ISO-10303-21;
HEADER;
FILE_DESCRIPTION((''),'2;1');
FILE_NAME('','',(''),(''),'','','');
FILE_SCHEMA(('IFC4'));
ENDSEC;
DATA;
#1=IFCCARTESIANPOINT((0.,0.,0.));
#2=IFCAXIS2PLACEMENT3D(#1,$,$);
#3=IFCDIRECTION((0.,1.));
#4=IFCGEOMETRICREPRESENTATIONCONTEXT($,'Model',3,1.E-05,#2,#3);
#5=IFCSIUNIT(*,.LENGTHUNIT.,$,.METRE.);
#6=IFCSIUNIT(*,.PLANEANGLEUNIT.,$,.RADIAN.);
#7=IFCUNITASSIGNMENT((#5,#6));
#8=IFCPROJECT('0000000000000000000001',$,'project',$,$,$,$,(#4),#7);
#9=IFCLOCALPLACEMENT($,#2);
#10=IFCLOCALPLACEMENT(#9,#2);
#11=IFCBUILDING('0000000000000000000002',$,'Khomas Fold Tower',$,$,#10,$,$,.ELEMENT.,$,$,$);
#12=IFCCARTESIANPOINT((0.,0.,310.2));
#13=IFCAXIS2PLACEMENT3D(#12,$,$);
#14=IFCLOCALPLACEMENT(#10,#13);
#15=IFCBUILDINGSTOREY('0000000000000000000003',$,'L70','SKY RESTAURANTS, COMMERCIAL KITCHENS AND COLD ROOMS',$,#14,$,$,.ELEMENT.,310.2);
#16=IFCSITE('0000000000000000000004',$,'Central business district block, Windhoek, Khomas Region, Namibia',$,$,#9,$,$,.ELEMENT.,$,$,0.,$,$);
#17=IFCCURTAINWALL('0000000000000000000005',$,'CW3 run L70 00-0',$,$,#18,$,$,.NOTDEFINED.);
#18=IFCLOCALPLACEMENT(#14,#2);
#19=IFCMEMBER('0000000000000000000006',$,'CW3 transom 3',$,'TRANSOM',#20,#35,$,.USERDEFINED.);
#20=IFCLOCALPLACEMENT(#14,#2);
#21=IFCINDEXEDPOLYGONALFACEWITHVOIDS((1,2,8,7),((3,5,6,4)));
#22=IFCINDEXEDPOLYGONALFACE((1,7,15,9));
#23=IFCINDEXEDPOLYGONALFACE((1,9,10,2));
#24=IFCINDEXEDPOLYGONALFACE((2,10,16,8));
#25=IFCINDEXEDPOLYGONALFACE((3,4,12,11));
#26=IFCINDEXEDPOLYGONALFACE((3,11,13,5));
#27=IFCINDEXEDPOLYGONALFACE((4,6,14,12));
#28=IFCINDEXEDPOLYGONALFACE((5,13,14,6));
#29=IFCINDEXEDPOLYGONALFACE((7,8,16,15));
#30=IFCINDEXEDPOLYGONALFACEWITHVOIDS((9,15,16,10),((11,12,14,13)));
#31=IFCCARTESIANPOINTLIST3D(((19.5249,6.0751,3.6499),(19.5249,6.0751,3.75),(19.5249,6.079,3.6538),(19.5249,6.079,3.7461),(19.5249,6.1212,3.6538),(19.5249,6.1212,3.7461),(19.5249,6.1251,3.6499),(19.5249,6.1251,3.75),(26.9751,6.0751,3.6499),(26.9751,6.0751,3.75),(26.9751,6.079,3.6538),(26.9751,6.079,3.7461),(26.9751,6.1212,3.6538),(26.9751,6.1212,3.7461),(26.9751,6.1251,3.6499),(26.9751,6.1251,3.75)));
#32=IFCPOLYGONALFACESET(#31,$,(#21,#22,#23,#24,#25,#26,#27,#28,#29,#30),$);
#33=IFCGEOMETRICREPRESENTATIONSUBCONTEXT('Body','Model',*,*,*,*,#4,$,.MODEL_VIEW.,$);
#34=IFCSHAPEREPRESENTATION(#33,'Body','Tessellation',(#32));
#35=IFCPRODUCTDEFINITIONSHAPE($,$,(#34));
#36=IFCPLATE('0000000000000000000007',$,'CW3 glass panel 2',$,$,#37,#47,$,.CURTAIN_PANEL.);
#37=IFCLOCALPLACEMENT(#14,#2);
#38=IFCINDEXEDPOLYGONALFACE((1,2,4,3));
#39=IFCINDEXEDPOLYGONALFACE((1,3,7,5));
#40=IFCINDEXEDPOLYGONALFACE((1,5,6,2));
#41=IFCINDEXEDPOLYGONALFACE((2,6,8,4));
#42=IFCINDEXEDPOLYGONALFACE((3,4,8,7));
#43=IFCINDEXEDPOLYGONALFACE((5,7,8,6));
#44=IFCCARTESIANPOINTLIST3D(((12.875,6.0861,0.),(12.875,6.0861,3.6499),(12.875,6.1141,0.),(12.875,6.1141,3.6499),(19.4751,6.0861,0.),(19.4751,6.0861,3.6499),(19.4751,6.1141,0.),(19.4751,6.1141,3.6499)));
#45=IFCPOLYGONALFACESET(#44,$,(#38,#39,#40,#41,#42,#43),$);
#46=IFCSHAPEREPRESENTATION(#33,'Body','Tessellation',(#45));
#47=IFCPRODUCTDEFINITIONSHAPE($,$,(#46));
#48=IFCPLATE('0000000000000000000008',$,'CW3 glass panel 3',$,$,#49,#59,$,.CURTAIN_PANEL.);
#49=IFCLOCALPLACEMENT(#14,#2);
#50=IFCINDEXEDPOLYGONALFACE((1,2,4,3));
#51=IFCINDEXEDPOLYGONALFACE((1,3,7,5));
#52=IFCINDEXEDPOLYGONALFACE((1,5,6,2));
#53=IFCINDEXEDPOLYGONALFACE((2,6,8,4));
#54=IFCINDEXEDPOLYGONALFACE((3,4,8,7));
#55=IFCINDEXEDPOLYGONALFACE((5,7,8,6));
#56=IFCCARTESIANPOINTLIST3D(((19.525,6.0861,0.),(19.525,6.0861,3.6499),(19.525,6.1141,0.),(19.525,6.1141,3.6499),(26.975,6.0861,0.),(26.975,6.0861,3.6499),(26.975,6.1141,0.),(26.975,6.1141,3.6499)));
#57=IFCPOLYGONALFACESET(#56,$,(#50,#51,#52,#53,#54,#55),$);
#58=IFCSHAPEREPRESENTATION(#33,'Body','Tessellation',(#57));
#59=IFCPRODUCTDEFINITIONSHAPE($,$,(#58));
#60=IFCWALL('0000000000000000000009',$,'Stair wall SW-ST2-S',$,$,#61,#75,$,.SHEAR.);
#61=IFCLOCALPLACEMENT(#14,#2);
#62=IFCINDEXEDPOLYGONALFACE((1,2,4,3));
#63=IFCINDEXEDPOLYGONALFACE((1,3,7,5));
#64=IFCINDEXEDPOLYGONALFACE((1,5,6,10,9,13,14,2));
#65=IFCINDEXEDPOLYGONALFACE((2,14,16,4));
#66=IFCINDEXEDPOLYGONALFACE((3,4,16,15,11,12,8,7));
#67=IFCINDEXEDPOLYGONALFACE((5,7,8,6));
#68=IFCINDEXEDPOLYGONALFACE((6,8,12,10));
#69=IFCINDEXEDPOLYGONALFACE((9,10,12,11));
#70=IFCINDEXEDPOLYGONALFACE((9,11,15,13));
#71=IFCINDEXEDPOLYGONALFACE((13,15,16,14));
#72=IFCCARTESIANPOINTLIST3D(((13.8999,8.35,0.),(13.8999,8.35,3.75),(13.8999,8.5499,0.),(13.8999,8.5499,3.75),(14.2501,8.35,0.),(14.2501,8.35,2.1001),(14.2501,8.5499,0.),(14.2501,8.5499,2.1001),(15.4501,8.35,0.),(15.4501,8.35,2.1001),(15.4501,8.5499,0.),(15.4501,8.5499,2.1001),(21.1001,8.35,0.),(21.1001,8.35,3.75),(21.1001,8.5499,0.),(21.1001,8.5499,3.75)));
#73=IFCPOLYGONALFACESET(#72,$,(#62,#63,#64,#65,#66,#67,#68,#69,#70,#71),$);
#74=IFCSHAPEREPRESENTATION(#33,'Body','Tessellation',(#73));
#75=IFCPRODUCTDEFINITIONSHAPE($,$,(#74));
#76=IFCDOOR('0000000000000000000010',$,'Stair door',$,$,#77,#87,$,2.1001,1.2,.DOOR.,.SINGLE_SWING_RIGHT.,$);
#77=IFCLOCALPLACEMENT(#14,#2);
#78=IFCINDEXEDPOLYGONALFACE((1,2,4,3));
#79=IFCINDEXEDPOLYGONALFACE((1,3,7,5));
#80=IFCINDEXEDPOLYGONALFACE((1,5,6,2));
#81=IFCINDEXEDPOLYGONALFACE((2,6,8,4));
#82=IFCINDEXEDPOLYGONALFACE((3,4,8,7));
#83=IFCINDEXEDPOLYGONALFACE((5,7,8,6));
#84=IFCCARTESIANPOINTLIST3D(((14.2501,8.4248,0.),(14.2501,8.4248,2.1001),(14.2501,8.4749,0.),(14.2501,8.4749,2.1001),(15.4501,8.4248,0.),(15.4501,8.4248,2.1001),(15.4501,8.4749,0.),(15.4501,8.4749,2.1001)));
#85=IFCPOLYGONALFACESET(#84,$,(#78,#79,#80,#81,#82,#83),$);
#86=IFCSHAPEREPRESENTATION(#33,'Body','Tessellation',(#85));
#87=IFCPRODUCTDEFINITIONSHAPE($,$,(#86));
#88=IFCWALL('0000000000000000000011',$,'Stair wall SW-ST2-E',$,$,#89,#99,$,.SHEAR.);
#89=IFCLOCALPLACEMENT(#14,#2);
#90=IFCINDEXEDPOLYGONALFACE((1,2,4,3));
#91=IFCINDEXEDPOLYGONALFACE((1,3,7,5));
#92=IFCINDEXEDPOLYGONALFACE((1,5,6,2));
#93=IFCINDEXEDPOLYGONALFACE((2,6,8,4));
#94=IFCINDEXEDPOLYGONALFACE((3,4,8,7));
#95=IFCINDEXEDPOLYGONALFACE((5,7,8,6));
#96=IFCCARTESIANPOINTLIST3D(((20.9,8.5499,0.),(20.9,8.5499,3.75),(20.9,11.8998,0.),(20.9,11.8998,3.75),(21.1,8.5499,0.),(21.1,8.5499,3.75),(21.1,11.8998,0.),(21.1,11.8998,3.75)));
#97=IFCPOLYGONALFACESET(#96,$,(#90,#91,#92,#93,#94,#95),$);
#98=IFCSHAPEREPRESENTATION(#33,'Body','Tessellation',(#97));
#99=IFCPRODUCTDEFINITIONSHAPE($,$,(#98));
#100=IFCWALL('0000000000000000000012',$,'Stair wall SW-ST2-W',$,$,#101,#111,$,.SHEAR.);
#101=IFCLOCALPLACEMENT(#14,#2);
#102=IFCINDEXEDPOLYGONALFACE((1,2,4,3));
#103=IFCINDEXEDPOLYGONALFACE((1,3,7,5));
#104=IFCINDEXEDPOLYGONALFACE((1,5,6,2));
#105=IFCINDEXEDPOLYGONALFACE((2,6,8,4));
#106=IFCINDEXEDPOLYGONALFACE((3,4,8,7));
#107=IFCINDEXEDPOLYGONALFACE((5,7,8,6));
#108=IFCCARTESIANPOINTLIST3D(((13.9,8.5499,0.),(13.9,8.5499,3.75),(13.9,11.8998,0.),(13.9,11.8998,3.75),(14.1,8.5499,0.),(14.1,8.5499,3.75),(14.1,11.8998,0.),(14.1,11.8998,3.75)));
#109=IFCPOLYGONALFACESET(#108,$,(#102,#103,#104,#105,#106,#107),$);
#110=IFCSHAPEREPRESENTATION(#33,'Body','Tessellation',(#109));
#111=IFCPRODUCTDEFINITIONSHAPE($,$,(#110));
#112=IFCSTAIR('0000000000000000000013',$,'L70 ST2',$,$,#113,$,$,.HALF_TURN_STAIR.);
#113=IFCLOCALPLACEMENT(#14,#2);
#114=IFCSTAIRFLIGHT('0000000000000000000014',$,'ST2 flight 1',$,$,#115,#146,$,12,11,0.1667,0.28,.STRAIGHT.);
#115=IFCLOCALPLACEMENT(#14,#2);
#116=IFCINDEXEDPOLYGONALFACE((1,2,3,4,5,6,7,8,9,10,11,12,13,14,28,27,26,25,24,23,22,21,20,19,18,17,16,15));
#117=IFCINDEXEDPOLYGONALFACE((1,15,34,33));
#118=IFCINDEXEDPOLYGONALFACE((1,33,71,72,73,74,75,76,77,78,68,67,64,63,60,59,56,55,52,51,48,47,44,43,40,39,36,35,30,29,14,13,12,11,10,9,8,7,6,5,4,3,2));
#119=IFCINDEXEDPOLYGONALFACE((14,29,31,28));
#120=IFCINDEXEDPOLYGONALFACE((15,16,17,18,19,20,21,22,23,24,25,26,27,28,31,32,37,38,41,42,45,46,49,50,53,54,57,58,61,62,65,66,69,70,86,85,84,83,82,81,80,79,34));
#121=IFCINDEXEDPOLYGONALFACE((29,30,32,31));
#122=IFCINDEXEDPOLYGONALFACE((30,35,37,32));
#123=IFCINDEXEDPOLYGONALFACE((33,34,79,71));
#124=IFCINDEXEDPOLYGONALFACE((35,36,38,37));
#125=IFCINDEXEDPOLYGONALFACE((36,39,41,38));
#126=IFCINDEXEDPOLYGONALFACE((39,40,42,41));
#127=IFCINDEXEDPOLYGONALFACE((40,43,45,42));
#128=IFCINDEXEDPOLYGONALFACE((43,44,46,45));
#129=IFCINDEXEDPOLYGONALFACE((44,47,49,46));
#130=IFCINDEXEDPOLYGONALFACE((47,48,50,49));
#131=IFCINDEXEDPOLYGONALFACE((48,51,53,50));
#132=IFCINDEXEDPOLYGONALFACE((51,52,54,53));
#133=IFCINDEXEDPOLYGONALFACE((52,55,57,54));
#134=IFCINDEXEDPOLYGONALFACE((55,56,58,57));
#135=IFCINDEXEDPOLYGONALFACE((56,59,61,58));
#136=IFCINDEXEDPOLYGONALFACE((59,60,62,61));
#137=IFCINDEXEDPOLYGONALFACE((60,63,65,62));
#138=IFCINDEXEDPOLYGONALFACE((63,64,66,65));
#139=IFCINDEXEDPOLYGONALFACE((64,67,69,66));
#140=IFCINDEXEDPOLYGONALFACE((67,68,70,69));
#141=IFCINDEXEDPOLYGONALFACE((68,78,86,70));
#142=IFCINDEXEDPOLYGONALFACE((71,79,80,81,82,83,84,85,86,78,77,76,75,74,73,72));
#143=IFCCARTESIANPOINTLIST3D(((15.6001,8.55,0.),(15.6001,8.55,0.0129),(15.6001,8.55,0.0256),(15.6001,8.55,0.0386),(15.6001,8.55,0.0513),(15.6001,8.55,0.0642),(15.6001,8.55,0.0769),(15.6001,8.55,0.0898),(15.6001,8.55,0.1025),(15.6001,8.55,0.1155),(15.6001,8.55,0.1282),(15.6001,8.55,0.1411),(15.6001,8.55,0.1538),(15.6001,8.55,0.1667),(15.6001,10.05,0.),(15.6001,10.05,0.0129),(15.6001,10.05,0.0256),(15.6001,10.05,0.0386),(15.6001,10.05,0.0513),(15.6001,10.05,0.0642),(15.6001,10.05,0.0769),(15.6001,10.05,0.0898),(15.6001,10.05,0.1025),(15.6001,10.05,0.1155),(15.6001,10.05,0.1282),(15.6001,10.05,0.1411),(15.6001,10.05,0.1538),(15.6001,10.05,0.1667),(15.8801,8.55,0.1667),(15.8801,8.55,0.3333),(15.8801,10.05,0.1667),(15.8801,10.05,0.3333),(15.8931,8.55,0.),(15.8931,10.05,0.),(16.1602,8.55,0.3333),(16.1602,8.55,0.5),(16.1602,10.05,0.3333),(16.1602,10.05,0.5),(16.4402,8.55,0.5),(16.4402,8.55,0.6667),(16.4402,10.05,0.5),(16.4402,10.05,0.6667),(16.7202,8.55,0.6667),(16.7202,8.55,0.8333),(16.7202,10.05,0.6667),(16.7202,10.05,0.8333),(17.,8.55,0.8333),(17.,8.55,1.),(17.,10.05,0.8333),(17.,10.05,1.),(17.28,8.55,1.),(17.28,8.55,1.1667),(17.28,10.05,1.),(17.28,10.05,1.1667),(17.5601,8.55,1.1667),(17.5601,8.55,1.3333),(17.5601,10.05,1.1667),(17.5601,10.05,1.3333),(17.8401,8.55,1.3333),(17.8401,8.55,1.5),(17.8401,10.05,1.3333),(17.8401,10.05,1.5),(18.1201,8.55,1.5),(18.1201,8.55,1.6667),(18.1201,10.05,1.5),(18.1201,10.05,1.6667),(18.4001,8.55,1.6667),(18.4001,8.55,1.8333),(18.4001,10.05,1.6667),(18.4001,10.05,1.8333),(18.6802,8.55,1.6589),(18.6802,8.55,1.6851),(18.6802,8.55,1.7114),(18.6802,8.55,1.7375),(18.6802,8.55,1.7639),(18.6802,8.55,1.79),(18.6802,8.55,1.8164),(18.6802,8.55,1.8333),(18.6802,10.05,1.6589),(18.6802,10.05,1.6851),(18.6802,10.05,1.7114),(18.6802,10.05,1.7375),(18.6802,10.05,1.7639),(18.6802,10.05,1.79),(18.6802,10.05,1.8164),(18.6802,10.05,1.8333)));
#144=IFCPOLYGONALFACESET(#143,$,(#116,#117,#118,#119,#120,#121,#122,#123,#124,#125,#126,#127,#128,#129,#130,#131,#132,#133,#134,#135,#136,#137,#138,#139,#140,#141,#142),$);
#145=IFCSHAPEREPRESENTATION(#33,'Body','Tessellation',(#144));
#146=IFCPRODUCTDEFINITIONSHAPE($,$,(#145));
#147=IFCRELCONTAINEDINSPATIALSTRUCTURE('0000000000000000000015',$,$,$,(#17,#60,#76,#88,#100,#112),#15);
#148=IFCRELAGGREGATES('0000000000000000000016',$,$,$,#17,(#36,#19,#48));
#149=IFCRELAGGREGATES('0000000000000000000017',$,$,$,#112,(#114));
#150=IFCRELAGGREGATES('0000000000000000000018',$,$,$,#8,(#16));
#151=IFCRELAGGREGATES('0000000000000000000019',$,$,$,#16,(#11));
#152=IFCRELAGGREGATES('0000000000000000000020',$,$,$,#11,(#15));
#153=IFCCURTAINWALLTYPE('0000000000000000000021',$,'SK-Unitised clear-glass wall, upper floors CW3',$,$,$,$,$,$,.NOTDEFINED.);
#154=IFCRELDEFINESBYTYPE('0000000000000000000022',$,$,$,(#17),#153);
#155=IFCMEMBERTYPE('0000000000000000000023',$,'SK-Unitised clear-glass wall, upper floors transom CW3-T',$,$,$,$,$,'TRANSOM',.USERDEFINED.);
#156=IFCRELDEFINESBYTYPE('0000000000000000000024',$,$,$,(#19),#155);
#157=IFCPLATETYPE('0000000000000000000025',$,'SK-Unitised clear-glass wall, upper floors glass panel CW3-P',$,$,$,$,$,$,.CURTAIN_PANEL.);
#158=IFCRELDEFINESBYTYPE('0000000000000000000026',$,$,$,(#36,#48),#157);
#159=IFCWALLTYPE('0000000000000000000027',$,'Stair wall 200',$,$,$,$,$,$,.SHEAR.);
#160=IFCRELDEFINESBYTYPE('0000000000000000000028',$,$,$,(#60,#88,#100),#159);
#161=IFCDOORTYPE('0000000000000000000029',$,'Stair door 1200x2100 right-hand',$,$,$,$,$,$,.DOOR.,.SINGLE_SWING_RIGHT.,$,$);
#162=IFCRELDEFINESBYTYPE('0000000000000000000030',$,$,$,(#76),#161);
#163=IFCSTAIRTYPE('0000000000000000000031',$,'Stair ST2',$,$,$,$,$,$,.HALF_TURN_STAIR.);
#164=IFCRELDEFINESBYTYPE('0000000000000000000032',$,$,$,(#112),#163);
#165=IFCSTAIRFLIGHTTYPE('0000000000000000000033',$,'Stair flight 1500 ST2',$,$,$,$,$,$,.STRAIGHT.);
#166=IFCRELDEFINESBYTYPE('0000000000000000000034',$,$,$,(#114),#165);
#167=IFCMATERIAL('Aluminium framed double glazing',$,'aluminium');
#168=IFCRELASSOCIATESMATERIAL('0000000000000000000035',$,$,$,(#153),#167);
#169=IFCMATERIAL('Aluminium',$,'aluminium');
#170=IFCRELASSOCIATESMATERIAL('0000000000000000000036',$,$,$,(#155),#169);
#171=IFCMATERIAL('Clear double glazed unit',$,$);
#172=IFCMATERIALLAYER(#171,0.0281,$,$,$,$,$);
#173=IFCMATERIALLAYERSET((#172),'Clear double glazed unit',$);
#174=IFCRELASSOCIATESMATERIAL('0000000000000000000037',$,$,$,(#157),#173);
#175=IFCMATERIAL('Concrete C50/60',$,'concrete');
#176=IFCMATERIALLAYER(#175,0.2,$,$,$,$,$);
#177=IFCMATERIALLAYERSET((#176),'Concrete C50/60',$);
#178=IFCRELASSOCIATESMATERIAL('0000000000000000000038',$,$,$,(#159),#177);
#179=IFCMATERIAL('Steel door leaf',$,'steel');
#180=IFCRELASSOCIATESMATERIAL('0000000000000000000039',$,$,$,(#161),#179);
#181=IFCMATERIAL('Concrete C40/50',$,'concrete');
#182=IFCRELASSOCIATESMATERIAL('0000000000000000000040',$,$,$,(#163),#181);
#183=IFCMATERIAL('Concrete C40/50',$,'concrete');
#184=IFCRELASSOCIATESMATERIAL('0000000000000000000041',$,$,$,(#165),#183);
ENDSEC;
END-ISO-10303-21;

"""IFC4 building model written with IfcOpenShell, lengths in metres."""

from ifc_helpers import new_model, si_unit, direction, frame, frame_2d, origin, origin_2d, place, context, subcontext, project, spatial, polyline, rectangle, hollow_rectangle, outline, extrude, source, transform, mapped, material, layer, layer_set, material_profile, profile_set, type_object, element, fill, aggregate, save


model = new_model("IFC4")

# Units and contexts
model_context = context("Model", 3, precision=1e-05, world=origin(), true_north=direction((0.0, 1.0)))
body_context = subcontext(model_context, "Body", "Model", "MODEL_VIEW")
ifc_project = project(units=[si_unit("LENGTHUNIT", "METRE"), si_unit("PLANEANGLEUNIT", "RADIAN")], contexts=[model_context])

# Site, building, storey
site_placement = place(None, origin())
site = spatial("IfcSite", under=ifc_project, at=site_placement, Name="Central business district block, Windhoek, Khomas Region, Namibia", CompositionType="ELEMENT", RefElevation=0.0)
building_placement = place(site_placement, origin())
building = spatial("IfcBuilding", under=site, at=building_placement, Name="Khomas Fold Tower", CompositionType="ELEMENT")
storey_placement = place(building_placement, frame((0.0, 0.0, 310.2)))
storey = spatial("IfcBuildingStorey", under=building, at=storey_placement, Name="L70", Description="SKY RESTAURANTS, COMMERCIAL KITCHENS AND COLD ROOMS", CompositionType="ELEMENT", Elevation=310.2)

# Curtain wall, member, plates
ifc_material_1 = material(Name="Aluminium framed double glazing", Category="aluminium")
curtain_wall_type = type_object("IfcCurtainWallType", Name="SK-Unitised clear-glass wall, upper floors CW3", PredefinedType="NOTDEFINED", material=ifc_material_1)
curtain_wall_placement = place(storey_placement, origin())
curtain_wall = element("IfcCurtainWall", 1, at=curtain_wall_placement, inside=storey, type_object=curtain_wall_type, Name="CW3 run L70 00-0", PredefinedType="NOTDEFINED")
ifc_material_2 = material(Name="Aluminium", Category="aluminium")
ifc_material_profile_1 = material_profile(ifc_material_2, hollow_rectangle(XDim=0.05, YDim=0.1001, WallThickness=0.0039, at=origin_2d()), Name="SK-Unitised clear-glass wall, upper floors transom CW3-T")
ifc_profile_set_1 = profile_set([ifc_material_profile_1], Name="Aluminium")
member_type_1 = type_object("IfcMemberType", Name="SK-Unitised clear-glass wall, upper floors transom CW3-T", ElementType="TRANSOM", PredefinedType="USERDEFINED", material=ifc_profile_set_1)
shared_shape_1 = source(origin(), body_context, "Body", "SweptSolid", [
    extrude(hollow_rectangle(XDim=0.05, YDim=0.1001, WallThickness=0.0039, at=origin_2d()), origin(), (0.0, 0.0, 1.0), 7.4502),
])
member_1_placement = place(storey_placement, frame((19.5249, 6.1001, 3.7), z_axis=(1.0, 0.0, 0.0), x_axis=(0.0, 1.0, 0.0)))
member_1 = element("IfcMember", 2, at=member_1_placement, type_object=member_type_1, Name="CW3 transom 3", ObjectType="TRANSOM", PredefinedType="USERDEFINED", context=body_context, shape_type="MappedRepresentation", body=[
    mapped(shared_shape_1, transform((0.0, 0.0, 0.0))),
])
ifc_material_3 = material(Name="Clear double glazed unit")
ifc_layer_1 = layer(ifc_material_3, 0.0281)
ifc_layer_set_1 = layer_set([ifc_layer_1], Name="Clear double glazed unit")
plate_type = type_object("IfcPlateType", Name="SK-Unitised clear-glass wall, upper floors glass panel CW3-P", PredefinedType="CURTAIN_PANEL", material=ifc_layer_set_1)
shared_shape_2 = source(origin(), body_context, "Body", "SweptSolid", [
    extrude(rectangle(XDim=6.6001, YDim=0.0281, at=origin_2d()), origin(), (0.0, 0.0, 1.0), 3.6499),
])
plate_1_placement = place(storey_placement, frame((16.175, 6.1001, 0.0), z_axis=(0.0, 0.0, 1.0), x_axis=(1.0, 0.0, 0.0)))
plate_1 = element("IfcPlate", 3, at=plate_1_placement, type_object=plate_type, Name="CW3 glass panel 2", PredefinedType="CURTAIN_PANEL", context=body_context, shape_type="MappedRepresentation", body=[
    mapped(shared_shape_2, transform((0.0, 0.0, 0.0))),
])
shared_shape_3 = source(origin(), body_context, "Body", "SweptSolid", [
    extrude(rectangle(XDim=7.45, YDim=0.0281, at=origin_2d()), origin(), (0.0, 0.0, 1.0), 3.6499),
])
plate_2_placement = place(storey_placement, frame((23.25, 6.1001, 0.0), z_axis=(0.0, 0.0, 1.0), x_axis=(1.0, 0.0, 0.0)))
plate_2 = element("IfcPlate", 4, at=plate_2_placement, type_object=plate_type, Name="CW3 glass panel 3", PredefinedType="CURTAIN_PANEL", context=body_context, shape_type="MappedRepresentation", body=[
    mapped(shared_shape_3, transform((0.0, 0.0, 0.0))),
])
aggregate(curtain_wall, [plate_1, member_1, plate_2])

# Wall, opening, door
ifc_material_4 = material(Name="Concrete C50/60", Category="concrete")
ifc_layer_2 = layer(ifc_material_4, 0.2)
ifc_layer_set_2 = layer_set([ifc_layer_2], Name="Concrete C50/60")
wall_type = type_object("IfcWallType", Name="Stair wall 200", PredefinedType="SHEAR", material=ifc_layer_set_2)
shared_shape_4 = source(origin(), body_context, "Body", "SweptSolid", [
    extrude(rectangle(XDim=7.2002, YDim=0.2, at=frame_2d((3.6001, 0.0))), origin(), (0.0, 0.0, 1.0), 3.75),
])
wall_placement = place(storey_placement, frame((13.8999, 8.45, 0.0), z_axis=(0.0, 0.0, 1.0), x_axis=(1.0, 0.0, 0.0)))
wall = element("IfcWall", 5, at=wall_placement, inside=storey, type_object=wall_type, Name="Stair wall SW-ST2-S", PredefinedType="SHEAR", context=body_context, shape_type="MappedRepresentation", body=[
    mapped(shared_shape_4, transform((0.0, 0.0, 0.0))),
])
shared_shape_5 = source(origin(), body_context, "Body", "SweptSolid", [
    extrude(rectangle(XDim=1.2, YDim=2.1001, at=frame_2d((0.6001, 1.05))), frame((0.0, 0.1099, 0.0), z_axis=(0.0, -1.0, 0.0), x_axis=(1.0, 0.0, 0.0)), (0.0, 0.0, 1.0), 0.22),
])
opening_placement = place(wall_placement, frame((0.3501, 0.0, 0.0)))
opening = element("IfcOpeningElement", 6, at=opening_placement, cuts=wall, PredefinedType="OPENING", context=body_context, shape_type="MappedRepresentation", body=[
    mapped(shared_shape_5, transform((0.0, 0.0, 0.0))),
])
ifc_material_5 = material(Name="Steel door leaf", Category="steel")
door_type = type_object("IfcDoorType", Name="Stair door 1200x2100 right-hand", OperationType="SINGLE_SWING_RIGHT", PredefinedType="DOOR", material=ifc_material_5)
shared_shape_6 = source(origin(), body_context, "Body", "SweptSolid", [
    extrude(rectangle(XDim=1.2, YDim=2.1001, at=frame_2d((0.6001, 1.05))), frame((0.0, 0.0249, 0.0), z_axis=(0.0, -1.0, 0.0), x_axis=(1.0, 0.0, 0.0)), (0.0, 0.0, 1.0), 0.05),
])
door_placement = place(opening_placement, origin())
door = element("IfcDoor", 7, at=door_placement, inside=storey, type_object=door_type, Name="Stair door", OperationType="SINGLE_SWING_RIGHT", OverallHeight=2.1001, OverallWidth=1.2, PredefinedType="DOOR", context=body_context, shape_type="MappedRepresentation", body=[
    mapped(shared_shape_6, transform((0.0, 0.0, 0.0))),
])
fill(opening, door)

# Walls
shared_shape_7 = source(origin(), body_context, "Body", "SweptSolid", [
    extrude(rectangle(XDim=3.3499, YDim=0.2, at=frame_2d((1.6748, 0.0))), origin(), (0.0, 0.0, 1.0), 3.75),
])
for number, where, z_axis, x_axis, name in (
    (8, (21.0, 8.55, 0.0), (0.0, 0.0, 1.0), (0.0, 1.0, 0.0), "Stair wall SW-ST2-E"),
    (9, (14.0, 8.55, 0.0), (0.0, 0.0, 1.0), (0.0, 1.0, 0.0), "Stair wall SW-ST2-W"),
):
    element("IfcWall", number, at=place(storey_placement, frame(where, z_axis=z_axis, x_axis=x_axis)), inside=storey, type_object=wall_type, Name=name, PredefinedType="SHEAR", context=body_context, shape_type="MappedRepresentation", body=[
        mapped(shared_shape_7, transform((0.0, 0.0, 0.0))),
    ])

# Stair, stair flight
ifc_material_6 = material(Name="Concrete C40/50", Category="concrete")
stair_type = type_object("IfcStairType", Name="Stair ST2", PredefinedType="HALF_TURN_STAIR", material=ifc_material_6)
stair_placement = place(storey_placement, origin())
stair = element("IfcStair", 10, at=stair_placement, inside=storey, type_object=stair_type, Name="L70 ST2", PredefinedType="HALF_TURN_STAIR")
ifc_material_7 = material(Name="Concrete C40/50", Category="concrete")
stair_flight_type = type_object("IfcStairFlightType", Name="Stair flight 1500 ST2", PredefinedType="STRAIGHT", material=ifc_material_7)
shared_shape_8 = source(origin(), body_context, "Body", "SweptSolid", [
    extrude(outline(polyline([(0.0, 0.0), (0.0, 0.0129), (0.0, 0.0256), (0.0, 0.0386), (0.0, 0.0513), (0.0, 0.0642), (0.0, 0.0769), (0.0, 0.0898), (0.0, 0.1025), (0.0, 0.1155), (0.0, 0.1282), (0.0, 0.1411), (0.0, 0.1538), (0.0, 0.1667), (0.28, 0.1667), (0.28, 0.3333), (0.5601, 0.3333), (0.5601, 0.5), (0.8401, 0.5), (0.8401, 0.6667), (1.1201, 0.6667), (1.1201, 0.8333), (1.3999, 0.8333), (1.3999, 1.0), (1.6799, 1.0), (1.6799, 1.1667), (1.96, 1.1667), (1.96, 1.3333), (2.24, 1.3333), (2.24, 1.5), (2.52, 1.5), (2.52, 1.6667), (2.8, 1.6667), (2.8, 1.8333), (3.0801, 1.8333), (3.0801, 2.0), (3.0801, 1.9739), (3.0801, 1.9475), (3.0801, 1.9214), (3.0801, 1.895), (3.0801, 1.8689), (3.0801, 1.8425), (3.0801, 1.8164), (3.0801, 1.79), (3.0801, 1.7639), (3.0801, 1.7375), (3.0801, 1.7114), (3.0801, 1.6851), (3.0801, 1.6589), (0.293, 0.0), (0.0, 0.0)])), frame((0.0, 0.75, 0.0), z_axis=(0.0, -1.0, 0.0), x_axis=(1.0, 0.0, 0.0)), (0.0, 0.0, 1.0), 1.5),
])
stair_flight_placement = place(storey_placement, frame((15.6001, 9.3, 0.0), z_axis=(0.0, 0.0, 1.0), x_axis=(1.0, 0.0, 0.0)))
stair_flight = element("IfcStairFlight", 11, at=stair_flight_placement, type_object=stair_flight_type, Name="ST2 flight 1", NumberOfRisers=12, NumberOfTreads=11, PredefinedType="STRAIGHT", RiserHeight=0.1667, TreadLength=0.28, context=body_context, shape_type="MappedRepresentation", body=[
    mapped(shared_shape_8, transform((0.0, 0.0, 0.0))),
])
aggregate(stair, [stair_flight])

save(model, "model.ifc")
